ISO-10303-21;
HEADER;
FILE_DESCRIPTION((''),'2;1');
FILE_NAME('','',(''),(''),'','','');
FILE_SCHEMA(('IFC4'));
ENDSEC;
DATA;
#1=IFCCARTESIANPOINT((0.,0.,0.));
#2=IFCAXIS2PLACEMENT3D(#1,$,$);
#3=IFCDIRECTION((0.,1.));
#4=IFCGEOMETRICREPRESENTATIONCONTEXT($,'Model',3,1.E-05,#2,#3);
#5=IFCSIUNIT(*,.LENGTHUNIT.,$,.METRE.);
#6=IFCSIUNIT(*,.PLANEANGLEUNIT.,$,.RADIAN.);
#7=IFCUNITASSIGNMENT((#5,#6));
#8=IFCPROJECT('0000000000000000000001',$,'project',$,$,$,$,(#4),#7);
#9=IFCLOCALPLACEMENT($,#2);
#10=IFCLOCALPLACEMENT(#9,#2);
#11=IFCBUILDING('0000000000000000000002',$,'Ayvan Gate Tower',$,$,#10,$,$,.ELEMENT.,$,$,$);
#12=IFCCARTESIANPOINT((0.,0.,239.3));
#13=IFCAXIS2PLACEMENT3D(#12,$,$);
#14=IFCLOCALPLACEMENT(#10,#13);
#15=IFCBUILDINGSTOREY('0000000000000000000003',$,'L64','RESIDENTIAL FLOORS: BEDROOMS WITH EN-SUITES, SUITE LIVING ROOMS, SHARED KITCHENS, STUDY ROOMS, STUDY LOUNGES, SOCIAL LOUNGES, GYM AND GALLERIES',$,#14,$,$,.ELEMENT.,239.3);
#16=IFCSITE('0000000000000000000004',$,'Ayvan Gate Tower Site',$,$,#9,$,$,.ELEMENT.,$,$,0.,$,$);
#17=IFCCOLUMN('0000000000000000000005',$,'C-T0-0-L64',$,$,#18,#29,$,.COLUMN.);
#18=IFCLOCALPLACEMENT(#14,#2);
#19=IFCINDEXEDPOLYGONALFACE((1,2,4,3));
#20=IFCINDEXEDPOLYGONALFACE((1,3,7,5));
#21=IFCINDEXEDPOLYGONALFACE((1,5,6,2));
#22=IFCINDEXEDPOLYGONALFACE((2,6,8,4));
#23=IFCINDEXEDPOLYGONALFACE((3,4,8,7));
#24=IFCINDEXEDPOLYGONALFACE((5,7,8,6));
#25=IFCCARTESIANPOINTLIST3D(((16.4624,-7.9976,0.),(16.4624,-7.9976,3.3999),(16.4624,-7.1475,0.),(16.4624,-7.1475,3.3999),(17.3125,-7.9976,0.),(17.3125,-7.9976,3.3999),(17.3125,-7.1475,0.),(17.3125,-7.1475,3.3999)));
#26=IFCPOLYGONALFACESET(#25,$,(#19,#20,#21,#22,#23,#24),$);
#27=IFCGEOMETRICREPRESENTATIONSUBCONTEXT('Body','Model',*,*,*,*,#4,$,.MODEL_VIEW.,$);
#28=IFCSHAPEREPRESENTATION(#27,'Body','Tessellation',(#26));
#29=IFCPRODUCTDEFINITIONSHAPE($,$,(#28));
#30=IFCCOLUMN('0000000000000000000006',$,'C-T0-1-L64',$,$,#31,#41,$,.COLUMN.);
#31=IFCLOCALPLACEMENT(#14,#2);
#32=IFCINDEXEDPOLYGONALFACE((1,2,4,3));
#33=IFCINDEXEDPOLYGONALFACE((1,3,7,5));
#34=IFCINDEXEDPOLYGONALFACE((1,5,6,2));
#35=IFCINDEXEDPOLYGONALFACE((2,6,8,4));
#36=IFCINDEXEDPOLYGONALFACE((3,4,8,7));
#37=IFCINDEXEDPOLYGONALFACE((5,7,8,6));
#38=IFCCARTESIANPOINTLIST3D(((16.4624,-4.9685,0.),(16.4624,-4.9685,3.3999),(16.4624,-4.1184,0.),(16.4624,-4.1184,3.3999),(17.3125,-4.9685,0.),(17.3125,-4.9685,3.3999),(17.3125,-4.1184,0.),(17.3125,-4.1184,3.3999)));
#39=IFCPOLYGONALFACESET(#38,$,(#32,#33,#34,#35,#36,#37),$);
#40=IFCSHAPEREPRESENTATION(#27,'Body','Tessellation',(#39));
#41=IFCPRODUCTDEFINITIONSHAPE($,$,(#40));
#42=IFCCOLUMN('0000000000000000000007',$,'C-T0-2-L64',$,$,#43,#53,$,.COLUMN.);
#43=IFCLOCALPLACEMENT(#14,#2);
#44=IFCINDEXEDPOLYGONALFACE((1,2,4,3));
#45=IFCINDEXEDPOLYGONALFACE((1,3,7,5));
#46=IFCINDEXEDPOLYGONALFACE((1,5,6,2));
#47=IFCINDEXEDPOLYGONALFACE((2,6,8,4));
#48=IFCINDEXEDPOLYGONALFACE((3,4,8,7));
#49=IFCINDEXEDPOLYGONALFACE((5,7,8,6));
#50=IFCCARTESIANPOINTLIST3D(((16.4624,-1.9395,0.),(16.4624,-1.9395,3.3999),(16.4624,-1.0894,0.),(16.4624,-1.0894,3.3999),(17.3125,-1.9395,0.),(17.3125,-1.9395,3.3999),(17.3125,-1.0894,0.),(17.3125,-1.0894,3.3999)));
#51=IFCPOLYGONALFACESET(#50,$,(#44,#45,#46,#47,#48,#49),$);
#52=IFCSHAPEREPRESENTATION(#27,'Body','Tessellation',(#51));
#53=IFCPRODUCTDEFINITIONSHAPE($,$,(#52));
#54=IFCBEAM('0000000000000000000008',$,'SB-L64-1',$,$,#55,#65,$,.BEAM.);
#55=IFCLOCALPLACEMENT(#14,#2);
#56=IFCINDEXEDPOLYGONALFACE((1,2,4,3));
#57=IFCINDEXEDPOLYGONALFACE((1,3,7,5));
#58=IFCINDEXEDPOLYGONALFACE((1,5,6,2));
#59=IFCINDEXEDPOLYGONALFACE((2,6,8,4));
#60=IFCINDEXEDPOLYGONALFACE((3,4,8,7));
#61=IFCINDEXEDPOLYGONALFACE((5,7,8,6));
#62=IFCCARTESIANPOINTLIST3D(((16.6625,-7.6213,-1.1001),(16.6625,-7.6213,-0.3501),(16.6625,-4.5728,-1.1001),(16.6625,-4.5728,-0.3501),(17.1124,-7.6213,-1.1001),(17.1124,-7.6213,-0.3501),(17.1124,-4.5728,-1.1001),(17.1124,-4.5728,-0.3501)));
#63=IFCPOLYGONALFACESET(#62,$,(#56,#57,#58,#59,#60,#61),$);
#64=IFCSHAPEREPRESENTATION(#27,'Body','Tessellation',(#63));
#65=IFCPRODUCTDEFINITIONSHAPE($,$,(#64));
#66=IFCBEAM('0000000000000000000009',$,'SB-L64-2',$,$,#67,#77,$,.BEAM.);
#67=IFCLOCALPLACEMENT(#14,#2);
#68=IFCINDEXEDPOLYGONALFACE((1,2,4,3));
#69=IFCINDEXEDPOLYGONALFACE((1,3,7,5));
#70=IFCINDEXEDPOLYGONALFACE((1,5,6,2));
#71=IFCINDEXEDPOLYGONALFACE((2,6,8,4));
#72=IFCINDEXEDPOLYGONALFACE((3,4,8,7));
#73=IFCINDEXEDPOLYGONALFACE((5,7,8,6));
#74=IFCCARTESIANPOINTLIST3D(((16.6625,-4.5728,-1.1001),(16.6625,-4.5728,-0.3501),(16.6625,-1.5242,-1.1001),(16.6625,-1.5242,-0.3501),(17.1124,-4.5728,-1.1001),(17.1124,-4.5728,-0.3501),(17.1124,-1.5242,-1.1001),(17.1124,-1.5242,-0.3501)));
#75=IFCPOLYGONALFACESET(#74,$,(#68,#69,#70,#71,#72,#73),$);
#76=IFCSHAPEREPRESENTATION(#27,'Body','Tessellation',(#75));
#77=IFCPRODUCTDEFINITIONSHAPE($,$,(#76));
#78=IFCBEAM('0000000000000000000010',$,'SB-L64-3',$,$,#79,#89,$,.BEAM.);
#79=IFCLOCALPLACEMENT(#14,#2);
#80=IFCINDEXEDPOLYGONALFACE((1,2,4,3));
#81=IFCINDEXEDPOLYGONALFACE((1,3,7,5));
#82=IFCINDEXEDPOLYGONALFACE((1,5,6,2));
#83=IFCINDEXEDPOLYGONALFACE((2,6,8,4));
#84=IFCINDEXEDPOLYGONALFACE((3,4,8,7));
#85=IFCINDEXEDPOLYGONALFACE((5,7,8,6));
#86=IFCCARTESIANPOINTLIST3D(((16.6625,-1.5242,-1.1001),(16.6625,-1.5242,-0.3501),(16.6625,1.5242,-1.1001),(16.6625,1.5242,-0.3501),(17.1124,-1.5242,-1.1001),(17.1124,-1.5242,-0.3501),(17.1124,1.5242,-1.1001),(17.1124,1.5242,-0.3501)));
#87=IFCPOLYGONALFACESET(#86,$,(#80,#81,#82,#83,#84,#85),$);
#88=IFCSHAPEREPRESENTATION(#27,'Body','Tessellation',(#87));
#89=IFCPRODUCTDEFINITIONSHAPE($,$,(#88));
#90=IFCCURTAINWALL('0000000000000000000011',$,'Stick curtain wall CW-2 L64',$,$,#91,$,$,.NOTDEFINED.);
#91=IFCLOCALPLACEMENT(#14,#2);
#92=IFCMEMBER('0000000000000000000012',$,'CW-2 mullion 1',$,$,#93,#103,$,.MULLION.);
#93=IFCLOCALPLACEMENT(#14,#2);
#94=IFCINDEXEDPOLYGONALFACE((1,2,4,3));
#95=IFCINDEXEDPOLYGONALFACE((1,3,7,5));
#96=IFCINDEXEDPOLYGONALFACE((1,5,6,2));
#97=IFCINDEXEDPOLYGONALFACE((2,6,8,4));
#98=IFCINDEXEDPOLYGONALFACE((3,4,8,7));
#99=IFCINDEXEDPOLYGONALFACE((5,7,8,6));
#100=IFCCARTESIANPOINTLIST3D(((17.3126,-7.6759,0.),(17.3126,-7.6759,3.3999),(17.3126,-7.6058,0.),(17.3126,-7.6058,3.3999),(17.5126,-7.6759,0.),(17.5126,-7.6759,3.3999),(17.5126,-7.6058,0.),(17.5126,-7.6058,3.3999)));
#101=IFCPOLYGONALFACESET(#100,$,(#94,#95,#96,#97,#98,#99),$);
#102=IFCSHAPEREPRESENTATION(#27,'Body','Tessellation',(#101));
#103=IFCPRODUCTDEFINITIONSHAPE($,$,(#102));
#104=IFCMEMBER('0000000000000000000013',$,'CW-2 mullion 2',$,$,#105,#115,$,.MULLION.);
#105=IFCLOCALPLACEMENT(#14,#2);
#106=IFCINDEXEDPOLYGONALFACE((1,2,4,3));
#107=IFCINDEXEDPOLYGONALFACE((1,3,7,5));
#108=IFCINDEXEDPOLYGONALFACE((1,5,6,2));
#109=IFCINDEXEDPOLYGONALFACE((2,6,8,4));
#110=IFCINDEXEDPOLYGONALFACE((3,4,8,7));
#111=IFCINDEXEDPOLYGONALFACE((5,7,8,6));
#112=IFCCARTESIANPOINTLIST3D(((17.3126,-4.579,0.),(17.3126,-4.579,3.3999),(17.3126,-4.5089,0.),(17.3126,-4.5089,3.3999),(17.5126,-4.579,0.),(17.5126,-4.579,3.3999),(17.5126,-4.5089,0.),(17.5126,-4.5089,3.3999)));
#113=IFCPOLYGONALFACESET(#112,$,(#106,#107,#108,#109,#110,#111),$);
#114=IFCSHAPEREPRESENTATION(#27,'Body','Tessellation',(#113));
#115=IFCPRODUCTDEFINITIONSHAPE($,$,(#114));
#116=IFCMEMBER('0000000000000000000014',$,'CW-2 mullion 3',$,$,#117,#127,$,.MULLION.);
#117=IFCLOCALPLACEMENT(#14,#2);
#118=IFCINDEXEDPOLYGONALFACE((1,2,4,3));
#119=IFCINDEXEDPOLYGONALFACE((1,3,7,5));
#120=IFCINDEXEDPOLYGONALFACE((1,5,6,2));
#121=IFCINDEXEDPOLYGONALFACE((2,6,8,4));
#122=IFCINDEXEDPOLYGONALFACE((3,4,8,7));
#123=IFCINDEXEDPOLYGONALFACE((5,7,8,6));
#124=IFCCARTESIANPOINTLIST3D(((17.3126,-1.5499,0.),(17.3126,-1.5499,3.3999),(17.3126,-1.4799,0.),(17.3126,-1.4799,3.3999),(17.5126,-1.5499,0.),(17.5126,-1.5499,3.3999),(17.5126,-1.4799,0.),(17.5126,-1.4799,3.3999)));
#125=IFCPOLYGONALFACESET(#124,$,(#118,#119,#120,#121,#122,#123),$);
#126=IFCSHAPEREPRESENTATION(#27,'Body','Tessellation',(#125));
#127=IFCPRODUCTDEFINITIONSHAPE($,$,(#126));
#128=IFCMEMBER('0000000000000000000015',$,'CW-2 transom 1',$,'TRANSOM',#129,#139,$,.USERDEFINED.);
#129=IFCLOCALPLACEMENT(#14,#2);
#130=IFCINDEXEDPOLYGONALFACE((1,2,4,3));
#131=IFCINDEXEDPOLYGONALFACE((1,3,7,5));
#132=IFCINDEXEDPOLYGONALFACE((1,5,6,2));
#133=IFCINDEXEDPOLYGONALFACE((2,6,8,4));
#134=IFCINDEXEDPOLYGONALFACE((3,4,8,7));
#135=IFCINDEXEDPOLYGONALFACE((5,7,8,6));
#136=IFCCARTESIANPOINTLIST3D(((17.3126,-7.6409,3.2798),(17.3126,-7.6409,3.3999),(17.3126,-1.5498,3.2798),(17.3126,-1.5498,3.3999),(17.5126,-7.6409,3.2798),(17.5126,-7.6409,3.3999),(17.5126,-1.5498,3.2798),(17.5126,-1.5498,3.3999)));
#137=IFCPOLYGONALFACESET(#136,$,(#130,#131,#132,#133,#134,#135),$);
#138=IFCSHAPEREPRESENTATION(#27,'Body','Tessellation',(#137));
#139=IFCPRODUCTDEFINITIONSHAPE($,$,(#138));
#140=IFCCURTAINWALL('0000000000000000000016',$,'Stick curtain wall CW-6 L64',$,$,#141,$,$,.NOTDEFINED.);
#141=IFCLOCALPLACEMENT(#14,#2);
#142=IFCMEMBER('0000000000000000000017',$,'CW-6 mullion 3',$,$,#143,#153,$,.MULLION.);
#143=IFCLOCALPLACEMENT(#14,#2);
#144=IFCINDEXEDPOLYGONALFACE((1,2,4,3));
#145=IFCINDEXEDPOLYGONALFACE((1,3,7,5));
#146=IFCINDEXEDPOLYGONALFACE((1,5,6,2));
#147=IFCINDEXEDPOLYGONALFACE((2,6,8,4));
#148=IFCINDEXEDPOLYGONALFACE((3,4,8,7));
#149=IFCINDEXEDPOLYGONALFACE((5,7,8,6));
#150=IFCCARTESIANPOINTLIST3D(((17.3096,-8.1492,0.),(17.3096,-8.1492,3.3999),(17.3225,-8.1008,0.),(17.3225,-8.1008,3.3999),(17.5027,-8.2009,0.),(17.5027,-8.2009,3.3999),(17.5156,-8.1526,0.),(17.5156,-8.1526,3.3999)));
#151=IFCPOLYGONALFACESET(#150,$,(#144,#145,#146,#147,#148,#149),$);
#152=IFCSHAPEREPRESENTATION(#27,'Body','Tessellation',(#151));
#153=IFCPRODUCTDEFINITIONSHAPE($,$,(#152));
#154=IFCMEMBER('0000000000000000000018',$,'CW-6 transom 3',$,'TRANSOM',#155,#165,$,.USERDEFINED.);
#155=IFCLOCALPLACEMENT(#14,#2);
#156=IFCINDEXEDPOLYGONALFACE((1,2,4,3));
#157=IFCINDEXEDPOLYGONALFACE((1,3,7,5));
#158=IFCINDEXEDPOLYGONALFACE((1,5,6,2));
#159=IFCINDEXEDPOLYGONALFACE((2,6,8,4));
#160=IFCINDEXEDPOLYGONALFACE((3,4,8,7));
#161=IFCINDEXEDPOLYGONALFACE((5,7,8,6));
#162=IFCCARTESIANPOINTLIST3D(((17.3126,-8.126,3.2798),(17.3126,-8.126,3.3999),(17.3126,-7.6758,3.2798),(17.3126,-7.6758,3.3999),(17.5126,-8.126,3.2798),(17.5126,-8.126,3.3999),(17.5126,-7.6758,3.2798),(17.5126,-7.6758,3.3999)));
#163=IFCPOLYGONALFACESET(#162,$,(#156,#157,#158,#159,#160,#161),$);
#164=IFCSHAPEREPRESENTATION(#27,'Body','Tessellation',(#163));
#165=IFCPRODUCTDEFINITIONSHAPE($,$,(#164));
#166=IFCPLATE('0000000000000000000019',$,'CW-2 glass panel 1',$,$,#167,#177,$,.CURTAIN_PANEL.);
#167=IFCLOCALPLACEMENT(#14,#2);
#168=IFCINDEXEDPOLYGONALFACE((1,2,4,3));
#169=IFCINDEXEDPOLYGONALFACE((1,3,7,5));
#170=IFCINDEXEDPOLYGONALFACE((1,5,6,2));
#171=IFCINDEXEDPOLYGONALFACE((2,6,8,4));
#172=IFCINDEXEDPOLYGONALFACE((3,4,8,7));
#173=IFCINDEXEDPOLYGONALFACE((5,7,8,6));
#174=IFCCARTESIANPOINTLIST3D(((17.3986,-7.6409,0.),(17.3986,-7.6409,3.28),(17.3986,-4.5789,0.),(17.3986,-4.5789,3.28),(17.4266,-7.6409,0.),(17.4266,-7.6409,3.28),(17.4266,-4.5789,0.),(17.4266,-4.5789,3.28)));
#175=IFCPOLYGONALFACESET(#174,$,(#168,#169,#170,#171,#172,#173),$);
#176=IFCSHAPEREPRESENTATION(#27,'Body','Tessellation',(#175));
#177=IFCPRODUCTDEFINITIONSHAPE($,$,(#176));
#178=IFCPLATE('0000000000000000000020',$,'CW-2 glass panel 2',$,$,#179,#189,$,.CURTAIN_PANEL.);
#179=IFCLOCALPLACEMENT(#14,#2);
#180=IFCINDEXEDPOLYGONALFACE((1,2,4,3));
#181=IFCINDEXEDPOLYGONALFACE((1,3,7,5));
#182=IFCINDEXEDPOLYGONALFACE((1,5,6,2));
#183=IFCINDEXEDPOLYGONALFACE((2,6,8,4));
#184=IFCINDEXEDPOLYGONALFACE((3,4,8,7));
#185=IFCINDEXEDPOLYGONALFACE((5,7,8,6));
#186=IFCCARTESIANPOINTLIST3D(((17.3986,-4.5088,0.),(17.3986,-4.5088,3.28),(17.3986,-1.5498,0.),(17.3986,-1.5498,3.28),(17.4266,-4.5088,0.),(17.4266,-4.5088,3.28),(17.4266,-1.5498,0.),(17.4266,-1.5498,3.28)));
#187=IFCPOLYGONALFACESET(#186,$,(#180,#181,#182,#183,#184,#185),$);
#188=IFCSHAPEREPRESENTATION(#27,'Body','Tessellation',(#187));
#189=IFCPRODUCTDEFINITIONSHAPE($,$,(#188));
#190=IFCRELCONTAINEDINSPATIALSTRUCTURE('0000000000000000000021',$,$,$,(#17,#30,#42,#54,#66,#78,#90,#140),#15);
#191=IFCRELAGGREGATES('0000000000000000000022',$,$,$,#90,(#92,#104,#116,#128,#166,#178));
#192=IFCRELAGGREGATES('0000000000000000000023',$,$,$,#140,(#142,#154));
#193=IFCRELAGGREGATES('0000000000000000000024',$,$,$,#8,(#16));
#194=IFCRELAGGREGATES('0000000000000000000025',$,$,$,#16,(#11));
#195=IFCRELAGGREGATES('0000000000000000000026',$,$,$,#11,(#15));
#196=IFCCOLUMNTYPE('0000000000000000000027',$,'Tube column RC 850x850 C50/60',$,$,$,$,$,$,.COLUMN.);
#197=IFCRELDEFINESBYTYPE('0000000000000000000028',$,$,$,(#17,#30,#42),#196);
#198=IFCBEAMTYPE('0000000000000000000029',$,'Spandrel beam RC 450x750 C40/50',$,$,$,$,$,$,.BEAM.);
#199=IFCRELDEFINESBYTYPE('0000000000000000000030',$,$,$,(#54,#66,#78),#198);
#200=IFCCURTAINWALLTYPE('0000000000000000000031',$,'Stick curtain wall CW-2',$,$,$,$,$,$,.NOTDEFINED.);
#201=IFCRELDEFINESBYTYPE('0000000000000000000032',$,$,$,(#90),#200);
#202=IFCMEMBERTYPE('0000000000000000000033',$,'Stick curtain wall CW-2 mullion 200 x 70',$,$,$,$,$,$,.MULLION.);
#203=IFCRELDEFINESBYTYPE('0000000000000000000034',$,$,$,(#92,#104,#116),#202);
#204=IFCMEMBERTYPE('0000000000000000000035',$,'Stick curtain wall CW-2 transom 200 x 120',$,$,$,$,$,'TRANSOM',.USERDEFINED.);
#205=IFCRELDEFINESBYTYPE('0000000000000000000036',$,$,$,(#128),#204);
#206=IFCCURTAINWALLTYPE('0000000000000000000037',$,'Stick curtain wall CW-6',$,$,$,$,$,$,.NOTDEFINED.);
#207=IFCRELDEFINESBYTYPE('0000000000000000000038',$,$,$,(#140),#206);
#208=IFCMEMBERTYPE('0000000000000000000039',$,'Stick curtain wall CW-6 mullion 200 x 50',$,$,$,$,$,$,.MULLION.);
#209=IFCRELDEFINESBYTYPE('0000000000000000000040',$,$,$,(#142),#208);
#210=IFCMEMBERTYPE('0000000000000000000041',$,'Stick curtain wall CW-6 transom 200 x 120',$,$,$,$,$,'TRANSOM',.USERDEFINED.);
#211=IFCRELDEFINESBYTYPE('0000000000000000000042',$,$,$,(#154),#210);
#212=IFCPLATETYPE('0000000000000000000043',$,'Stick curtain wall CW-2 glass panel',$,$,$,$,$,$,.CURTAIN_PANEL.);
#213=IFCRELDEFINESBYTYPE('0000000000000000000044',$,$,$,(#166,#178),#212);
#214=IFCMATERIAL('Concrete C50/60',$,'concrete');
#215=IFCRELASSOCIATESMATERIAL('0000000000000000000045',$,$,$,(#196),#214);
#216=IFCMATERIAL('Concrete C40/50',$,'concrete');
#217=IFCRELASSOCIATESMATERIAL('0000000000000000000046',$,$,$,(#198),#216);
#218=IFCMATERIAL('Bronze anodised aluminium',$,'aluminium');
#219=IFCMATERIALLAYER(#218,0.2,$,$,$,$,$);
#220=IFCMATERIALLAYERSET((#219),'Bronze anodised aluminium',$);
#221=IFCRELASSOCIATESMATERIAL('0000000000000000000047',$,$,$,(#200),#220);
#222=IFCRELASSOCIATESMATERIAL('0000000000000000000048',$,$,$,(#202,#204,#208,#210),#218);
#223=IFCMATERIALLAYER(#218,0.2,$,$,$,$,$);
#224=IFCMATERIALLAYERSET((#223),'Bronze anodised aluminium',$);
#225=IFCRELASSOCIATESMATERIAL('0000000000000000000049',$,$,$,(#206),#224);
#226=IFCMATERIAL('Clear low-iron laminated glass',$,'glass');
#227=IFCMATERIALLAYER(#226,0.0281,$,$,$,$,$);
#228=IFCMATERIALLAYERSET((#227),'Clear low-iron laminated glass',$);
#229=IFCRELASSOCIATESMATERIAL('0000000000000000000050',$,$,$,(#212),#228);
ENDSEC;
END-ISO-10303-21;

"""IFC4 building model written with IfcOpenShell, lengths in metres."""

from ifc_helpers import new_model, si_unit, direction, frame, origin, origin_2d, place, context, subcontext, project, spatial, rectangle, extrude, material, layer, layer_set, material_profile, profile_set, type_object, element, aggregate, save


model = new_model("IFC4")

# Units and contexts
model_context = context("Model", 3, precision=1e-05, world=origin(), true_north=direction((0.0, 1.0)))
body_context = subcontext(model_context, "Body", "Model", "MODEL_VIEW")
ifc_project = project(units=[si_unit("LENGTHUNIT", "METRE"), si_unit("PLANEANGLEUNIT", "RADIAN")], contexts=[model_context])

# Site, building, storey
site_placement = place(None, origin())
site = spatial("IfcSite", under=ifc_project, at=site_placement, Name="Ayvan Gate Tower Site", CompositionType="ELEMENT", RefElevation=0.0)
building_placement = place(site_placement, origin())
building = spatial("IfcBuilding", under=site, at=building_placement, Name="Ayvan Gate Tower", CompositionType="ELEMENT")
storey_placement = place(building_placement, frame((0.0, 0.0, 239.3)))
storey = spatial("IfcBuildingStorey", under=building, at=storey_placement, Name="L64", Description="RESIDENTIAL FLOORS: BEDROOMS WITH EN-SUITES, SUITE LIVING ROOMS, SHARED KITCHENS, STUDY ROOMS, STUDY LOUNGES, SOCIAL LOUNGES, GYM AND GALLERIES", CompositionType="ELEMENT", Elevation=239.3)

# Columns
ifc_material_1 = material(Name="Concrete C50/60", Category="concrete")
ifc_material_profile_1 = material_profile(ifc_material_1, rectangle(XDim=0.8501, YDim=0.8501, at=origin_2d()), Name="RC 850x850")
ifc_profile_set_1 = profile_set([ifc_material_profile_1], Name="Concrete C50/60")
column_type = type_object("IfcColumnType", Name="Tube column RC 850x850 C50/60", PredefinedType="COLUMN", material=ifc_profile_set_1)
for number, where, z_axis, x_axis, name in (
    (1, (16.8875, -7.5725, 0.0), (0.0, 0.0, 1.0), (1.0, 0.0, 0.0), "C-T0-0-L64"),
    (2, (16.8875, -4.5435, 0.0), (0.0, 0.0, 1.0), (1.0, 0.0, 0.0), "C-T0-1-L64"),
    (3, (16.8875, -1.5144, 0.0), (0.0, 0.0, 1.0), (1.0, 0.0, 0.0), "C-T0-2-L64"),
):
    element("IfcColumn", number, at=place(storey_placement, frame(where, z_axis=z_axis, x_axis=x_axis)), inside=storey, type_object=column_type, Name=name, PredefinedType="COLUMN", context=body_context, shape_type="SweptSolid", body=[
        extrude(rectangle(XDim=0.8501, YDim=0.8501, at=origin_2d()), origin(), (0.0, 0.0, 1.0), 3.3999),
    ])

# Beams
ifc_material_2 = material(Name="Concrete C40/50", Category="concrete")
ifc_material_profile_2 = material_profile(ifc_material_2, rectangle(XDim=0.45, YDim=0.75, at=origin_2d()), Name="RC 450x750")
ifc_profile_set_2 = profile_set([ifc_material_profile_2], Name="Concrete C40/50")
beam_type = type_object("IfcBeamType", Name="Spandrel beam RC 450x750 C40/50", PredefinedType="BEAM", material=ifc_profile_set_2)
for number, where, z_axis, x_axis, name in (
    (4, (16.8875, -7.6213, -0.7251), (0.0, 1.0, 0.0), (-1.0, 0.0, 0.0), "SB-L64-1"),
    (5, (16.8875, -4.5728, -0.7251), (0.0, 1.0, 0.0), (-1.0, 0.0, 0.0), "SB-L64-2"),
):
    element("IfcBeam", number, at=place(storey_placement, frame(where, z_axis=z_axis, x_axis=x_axis)), inside=storey, type_object=beam_type, Name=name, PredefinedType="BEAM", context=body_context, shape_type="SweptSolid", body=[
        extrude(rectangle(XDim=0.45, YDim=0.75, at=origin_2d()), origin(), (0.0, 0.0, 1.0), 3.0486),
    ])
beam_placement = place(storey_placement, frame((16.8875, -1.5242, -0.7251), z_axis=(0.0, 1.0, 0.0), x_axis=(-1.0, 0.0, 0.0)))
element("IfcBeam", 6, at=beam_placement, inside=storey, type_object=beam_type, Name="SB-L64-3", PredefinedType="BEAM", context=body_context, shape_type="SweptSolid", body=[
    extrude(rectangle(XDim=0.45, YDim=0.75, at=origin_2d()), origin(), (0.0, 0.0, 1.0), 3.0483),
])

# Curtain walls, members
ifc_material_3 = material(Name="Bronze anodised aluminium", Category="aluminium")
ifc_layer_1 = layer(ifc_material_3, 0.2)
ifc_layer_set_1 = layer_set([ifc_layer_1], Name="Bronze anodised aluminium")
curtain_wall_type_1 = type_object("IfcCurtainWallType", Name="Stick curtain wall CW-2", PredefinedType="NOTDEFINED", material=ifc_layer_set_1)
curtain_wall_1_placement = place(storey_placement, origin())
curtain_wall_1 = element("IfcCurtainWall", 7, at=curtain_wall_1_placement, inside=storey, type_object=curtain_wall_type_1, Name="Stick curtain wall CW-2 L64", PredefinedType="NOTDEFINED")
ifc_material_profile_3 = material_profile(ifc_material_3, rectangle(XDim=0.2, YDim=0.0701, at=origin_2d()), Name="Stick curtain wall CW-2 mullion 200 x 70")
ifc_profile_set_3 = profile_set([ifc_material_profile_3], Name="Bronze anodised aluminium")
member_type_1 = type_object("IfcMemberType", Name="Stick curtain wall CW-2 mullion 200 x 70", PredefinedType="MULLION", material=ifc_profile_set_3)
member_1_placement = place(storey_placement, frame((17.4126, -7.6409, 0.0), z_axis=(0.0, 0.0, 1.0), x_axis=(1.0, 0.0, 0.0)))
member_1 = element("IfcMember", 8, at=member_1_placement, type_object=member_type_1, Name="CW-2 mullion 1", PredefinedType="MULLION", context=body_context, shape_type="SweptSolid", body=[
    extrude(rectangle(XDim=0.2, YDim=0.0701, at=origin_2d()), origin(), (0.0, 0.0, 1.0), 3.3999),
])
member_2_placement = place(storey_placement, frame((17.4126, -4.5439, 0.0), z_axis=(0.0, 0.0, 1.0), x_axis=(1.0, 0.0, 0.0)))
member_2 = element("IfcMember", 9, at=member_2_placement, type_object=member_type_1, Name="CW-2 mullion 2", PredefinedType="MULLION", context=body_context, shape_type="SweptSolid", body=[
    extrude(rectangle(XDim=0.2, YDim=0.0701, at=origin_2d()), origin(), (0.0, 0.0, 1.0), 3.3999),
])
member_3_placement = place(storey_placement, frame((17.4126, -1.5149, 0.0), z_axis=(0.0, 0.0, 1.0), x_axis=(1.0, 0.0, 0.0)))
member_3 = element("IfcMember", 10, at=member_3_placement, type_object=member_type_1, Name="CW-2 mullion 3", PredefinedType="MULLION", context=body_context, shape_type="SweptSolid", body=[
    extrude(rectangle(XDim=0.2, YDim=0.0701, at=origin_2d()), origin(), (0.0, 0.0, 1.0), 3.3999),
])
ifc_material_profile_4 = material_profile(ifc_material_3, rectangle(XDim=0.2, YDim=0.1201, at=origin_2d()), Name="Stick curtain wall CW-2 transom 200 x 120")
ifc_profile_set_4 = profile_set([ifc_material_profile_4], Name="Bronze anodised aluminium")
member_type_2 = type_object("IfcMemberType", Name="Stick curtain wall CW-2 transom 200 x 120", ElementType="TRANSOM", PredefinedType="USERDEFINED", material=ifc_profile_set_4)
member_4_placement = place(storey_placement, frame((17.4126, -7.6409, 3.3398), z_axis=(0.0, 1.0, 0.0), x_axis=(-1.0, 0.0, 0.0)))
member_4 = element("IfcMember", 11, at=member_4_placement, type_object=member_type_2, Name="CW-2 transom 1", ObjectType="TRANSOM", PredefinedType="USERDEFINED", context=body_context, shape_type="SweptSolid", body=[
    extrude(rectangle(XDim=0.2, YDim=0.1201, at=origin_2d()), origin(), (0.0, 0.0, 1.0), 6.0911),
])
ifc_layer_2 = layer(ifc_material_3, 0.2)
ifc_layer_set_2 = layer_set([ifc_layer_2], Name="Bronze anodised aluminium")
curtain_wall_type_2 = type_object("IfcCurtainWallType", Name="Stick curtain wall CW-6", PredefinedType="NOTDEFINED", material=ifc_layer_set_2)
curtain_wall_2_placement = place(storey_placement, origin())
curtain_wall_2 = element("IfcCurtainWall", 12, at=curtain_wall_2_placement, inside=storey, type_object=curtain_wall_type_2, Name="Stick curtain wall CW-6 L64", PredefinedType="NOTDEFINED")
ifc_material_profile_5 = material_profile(ifc_material_3, rectangle(XDim=0.2, YDim=0.05, at=origin_2d()), Name="Stick curtain wall CW-6 mullion 200 x 50")
ifc_profile_set_5 = profile_set([ifc_material_profile_5], Name="Bronze anodised aluminium")
member_type_3 = type_object("IfcMemberType", Name="Stick curtain wall CW-6 mullion 200 x 50", PredefinedType="MULLION", material=ifc_profile_set_5)
member_5_placement = place(storey_placement, frame((17.4126, -8.1509, 0.0), z_axis=(0.0, 0.0, 1.0), x_axis=(0.965926, -0.258819, 0.0)))
member_5 = element("IfcMember", 13, at=member_5_placement, type_object=member_type_3, Name="CW-6 mullion 3", PredefinedType="MULLION", context=body_context, shape_type="SweptSolid", body=[
    extrude(rectangle(XDim=0.2, YDim=0.05, at=origin_2d()), origin(), (0.0, 0.0, 1.0), 3.3999),
])
ifc_material_profile_6 = material_profile(ifc_material_3, rectangle(XDim=0.2, YDim=0.1201, at=origin_2d()), Name="Stick curtain wall CW-6 transom 200 x 120")
ifc_profile_set_6 = profile_set([ifc_material_profile_6], Name="Bronze anodised aluminium")
member_type_4 = type_object("IfcMemberType", Name="Stick curtain wall CW-6 transom 200 x 120", ElementType="TRANSOM", PredefinedType="USERDEFINED", material=ifc_profile_set_6)
member_6_placement = place(storey_placement, frame((17.4126, -8.126, 3.3398), z_axis=(0.0, 1.0, 0.0), x_axis=(-1.0, 0.0, 0.0)))
member_6 = element("IfcMember", 14, at=member_6_placement, type_object=member_type_4, Name="CW-6 transom 3", ObjectType="TRANSOM", PredefinedType="USERDEFINED", context=body_context, shape_type="SweptSolid", body=[
    extrude(rectangle(XDim=0.2, YDim=0.1201, at=origin_2d()), origin(), (0.0, 0.0, 1.0), 0.4502),
])

# Plates
ifc_material_4 = material(Name="Clear low-iron laminated glass", Category="glass")
ifc_layer_3 = layer(ifc_material_4, 0.0281)
ifc_layer_set_3 = layer_set([ifc_layer_3], Name="Clear low-iron laminated glass")
plate_type_1 = type_object("IfcPlateType", Name="Stick curtain wall CW-2 glass panel", PredefinedType="CURTAIN_PANEL", material=ifc_layer_set_3)
plate_1_placement = place(storey_placement, frame((17.4126, -6.1099, 0.0), z_axis=(0.0, 0.0, 1.0), x_axis=(0.0, 1.0, 0.0)))
plate_1 = element("IfcPlate", 15, at=plate_1_placement, type_object=plate_type_1, Name="CW-2 glass panel 1", PredefinedType="CURTAIN_PANEL", context=body_context, shape_type="SweptSolid", body=[
    extrude(rectangle(XDim=3.062, YDim=0.0281, at=origin_2d()), origin(), (0.0, 0.0, 1.0), 3.28),
])
plate_2_placement = place(storey_placement, frame((17.4126, -3.0293, 0.0), z_axis=(0.0, 0.0, 1.0), x_axis=(0.0, 1.0, 0.0)))
plate_2 = element("IfcPlate", 16, at=plate_2_placement, type_object=plate_type_1, Name="CW-2 glass panel 2", PredefinedType="CURTAIN_PANEL", context=body_context, shape_type="SweptSolid", body=[
    extrude(rectangle(XDim=2.959, YDim=0.0281, at=origin_2d()), origin(), (0.0, 0.0, 1.0), 3.28),
])
aggregate(curtain_wall_1, [member_1, member_2, member_3, member_4, plate_1, plate_2])
aggregate(curtain_wall_2, [member_5, member_6])

save(model, "model.ifc")
